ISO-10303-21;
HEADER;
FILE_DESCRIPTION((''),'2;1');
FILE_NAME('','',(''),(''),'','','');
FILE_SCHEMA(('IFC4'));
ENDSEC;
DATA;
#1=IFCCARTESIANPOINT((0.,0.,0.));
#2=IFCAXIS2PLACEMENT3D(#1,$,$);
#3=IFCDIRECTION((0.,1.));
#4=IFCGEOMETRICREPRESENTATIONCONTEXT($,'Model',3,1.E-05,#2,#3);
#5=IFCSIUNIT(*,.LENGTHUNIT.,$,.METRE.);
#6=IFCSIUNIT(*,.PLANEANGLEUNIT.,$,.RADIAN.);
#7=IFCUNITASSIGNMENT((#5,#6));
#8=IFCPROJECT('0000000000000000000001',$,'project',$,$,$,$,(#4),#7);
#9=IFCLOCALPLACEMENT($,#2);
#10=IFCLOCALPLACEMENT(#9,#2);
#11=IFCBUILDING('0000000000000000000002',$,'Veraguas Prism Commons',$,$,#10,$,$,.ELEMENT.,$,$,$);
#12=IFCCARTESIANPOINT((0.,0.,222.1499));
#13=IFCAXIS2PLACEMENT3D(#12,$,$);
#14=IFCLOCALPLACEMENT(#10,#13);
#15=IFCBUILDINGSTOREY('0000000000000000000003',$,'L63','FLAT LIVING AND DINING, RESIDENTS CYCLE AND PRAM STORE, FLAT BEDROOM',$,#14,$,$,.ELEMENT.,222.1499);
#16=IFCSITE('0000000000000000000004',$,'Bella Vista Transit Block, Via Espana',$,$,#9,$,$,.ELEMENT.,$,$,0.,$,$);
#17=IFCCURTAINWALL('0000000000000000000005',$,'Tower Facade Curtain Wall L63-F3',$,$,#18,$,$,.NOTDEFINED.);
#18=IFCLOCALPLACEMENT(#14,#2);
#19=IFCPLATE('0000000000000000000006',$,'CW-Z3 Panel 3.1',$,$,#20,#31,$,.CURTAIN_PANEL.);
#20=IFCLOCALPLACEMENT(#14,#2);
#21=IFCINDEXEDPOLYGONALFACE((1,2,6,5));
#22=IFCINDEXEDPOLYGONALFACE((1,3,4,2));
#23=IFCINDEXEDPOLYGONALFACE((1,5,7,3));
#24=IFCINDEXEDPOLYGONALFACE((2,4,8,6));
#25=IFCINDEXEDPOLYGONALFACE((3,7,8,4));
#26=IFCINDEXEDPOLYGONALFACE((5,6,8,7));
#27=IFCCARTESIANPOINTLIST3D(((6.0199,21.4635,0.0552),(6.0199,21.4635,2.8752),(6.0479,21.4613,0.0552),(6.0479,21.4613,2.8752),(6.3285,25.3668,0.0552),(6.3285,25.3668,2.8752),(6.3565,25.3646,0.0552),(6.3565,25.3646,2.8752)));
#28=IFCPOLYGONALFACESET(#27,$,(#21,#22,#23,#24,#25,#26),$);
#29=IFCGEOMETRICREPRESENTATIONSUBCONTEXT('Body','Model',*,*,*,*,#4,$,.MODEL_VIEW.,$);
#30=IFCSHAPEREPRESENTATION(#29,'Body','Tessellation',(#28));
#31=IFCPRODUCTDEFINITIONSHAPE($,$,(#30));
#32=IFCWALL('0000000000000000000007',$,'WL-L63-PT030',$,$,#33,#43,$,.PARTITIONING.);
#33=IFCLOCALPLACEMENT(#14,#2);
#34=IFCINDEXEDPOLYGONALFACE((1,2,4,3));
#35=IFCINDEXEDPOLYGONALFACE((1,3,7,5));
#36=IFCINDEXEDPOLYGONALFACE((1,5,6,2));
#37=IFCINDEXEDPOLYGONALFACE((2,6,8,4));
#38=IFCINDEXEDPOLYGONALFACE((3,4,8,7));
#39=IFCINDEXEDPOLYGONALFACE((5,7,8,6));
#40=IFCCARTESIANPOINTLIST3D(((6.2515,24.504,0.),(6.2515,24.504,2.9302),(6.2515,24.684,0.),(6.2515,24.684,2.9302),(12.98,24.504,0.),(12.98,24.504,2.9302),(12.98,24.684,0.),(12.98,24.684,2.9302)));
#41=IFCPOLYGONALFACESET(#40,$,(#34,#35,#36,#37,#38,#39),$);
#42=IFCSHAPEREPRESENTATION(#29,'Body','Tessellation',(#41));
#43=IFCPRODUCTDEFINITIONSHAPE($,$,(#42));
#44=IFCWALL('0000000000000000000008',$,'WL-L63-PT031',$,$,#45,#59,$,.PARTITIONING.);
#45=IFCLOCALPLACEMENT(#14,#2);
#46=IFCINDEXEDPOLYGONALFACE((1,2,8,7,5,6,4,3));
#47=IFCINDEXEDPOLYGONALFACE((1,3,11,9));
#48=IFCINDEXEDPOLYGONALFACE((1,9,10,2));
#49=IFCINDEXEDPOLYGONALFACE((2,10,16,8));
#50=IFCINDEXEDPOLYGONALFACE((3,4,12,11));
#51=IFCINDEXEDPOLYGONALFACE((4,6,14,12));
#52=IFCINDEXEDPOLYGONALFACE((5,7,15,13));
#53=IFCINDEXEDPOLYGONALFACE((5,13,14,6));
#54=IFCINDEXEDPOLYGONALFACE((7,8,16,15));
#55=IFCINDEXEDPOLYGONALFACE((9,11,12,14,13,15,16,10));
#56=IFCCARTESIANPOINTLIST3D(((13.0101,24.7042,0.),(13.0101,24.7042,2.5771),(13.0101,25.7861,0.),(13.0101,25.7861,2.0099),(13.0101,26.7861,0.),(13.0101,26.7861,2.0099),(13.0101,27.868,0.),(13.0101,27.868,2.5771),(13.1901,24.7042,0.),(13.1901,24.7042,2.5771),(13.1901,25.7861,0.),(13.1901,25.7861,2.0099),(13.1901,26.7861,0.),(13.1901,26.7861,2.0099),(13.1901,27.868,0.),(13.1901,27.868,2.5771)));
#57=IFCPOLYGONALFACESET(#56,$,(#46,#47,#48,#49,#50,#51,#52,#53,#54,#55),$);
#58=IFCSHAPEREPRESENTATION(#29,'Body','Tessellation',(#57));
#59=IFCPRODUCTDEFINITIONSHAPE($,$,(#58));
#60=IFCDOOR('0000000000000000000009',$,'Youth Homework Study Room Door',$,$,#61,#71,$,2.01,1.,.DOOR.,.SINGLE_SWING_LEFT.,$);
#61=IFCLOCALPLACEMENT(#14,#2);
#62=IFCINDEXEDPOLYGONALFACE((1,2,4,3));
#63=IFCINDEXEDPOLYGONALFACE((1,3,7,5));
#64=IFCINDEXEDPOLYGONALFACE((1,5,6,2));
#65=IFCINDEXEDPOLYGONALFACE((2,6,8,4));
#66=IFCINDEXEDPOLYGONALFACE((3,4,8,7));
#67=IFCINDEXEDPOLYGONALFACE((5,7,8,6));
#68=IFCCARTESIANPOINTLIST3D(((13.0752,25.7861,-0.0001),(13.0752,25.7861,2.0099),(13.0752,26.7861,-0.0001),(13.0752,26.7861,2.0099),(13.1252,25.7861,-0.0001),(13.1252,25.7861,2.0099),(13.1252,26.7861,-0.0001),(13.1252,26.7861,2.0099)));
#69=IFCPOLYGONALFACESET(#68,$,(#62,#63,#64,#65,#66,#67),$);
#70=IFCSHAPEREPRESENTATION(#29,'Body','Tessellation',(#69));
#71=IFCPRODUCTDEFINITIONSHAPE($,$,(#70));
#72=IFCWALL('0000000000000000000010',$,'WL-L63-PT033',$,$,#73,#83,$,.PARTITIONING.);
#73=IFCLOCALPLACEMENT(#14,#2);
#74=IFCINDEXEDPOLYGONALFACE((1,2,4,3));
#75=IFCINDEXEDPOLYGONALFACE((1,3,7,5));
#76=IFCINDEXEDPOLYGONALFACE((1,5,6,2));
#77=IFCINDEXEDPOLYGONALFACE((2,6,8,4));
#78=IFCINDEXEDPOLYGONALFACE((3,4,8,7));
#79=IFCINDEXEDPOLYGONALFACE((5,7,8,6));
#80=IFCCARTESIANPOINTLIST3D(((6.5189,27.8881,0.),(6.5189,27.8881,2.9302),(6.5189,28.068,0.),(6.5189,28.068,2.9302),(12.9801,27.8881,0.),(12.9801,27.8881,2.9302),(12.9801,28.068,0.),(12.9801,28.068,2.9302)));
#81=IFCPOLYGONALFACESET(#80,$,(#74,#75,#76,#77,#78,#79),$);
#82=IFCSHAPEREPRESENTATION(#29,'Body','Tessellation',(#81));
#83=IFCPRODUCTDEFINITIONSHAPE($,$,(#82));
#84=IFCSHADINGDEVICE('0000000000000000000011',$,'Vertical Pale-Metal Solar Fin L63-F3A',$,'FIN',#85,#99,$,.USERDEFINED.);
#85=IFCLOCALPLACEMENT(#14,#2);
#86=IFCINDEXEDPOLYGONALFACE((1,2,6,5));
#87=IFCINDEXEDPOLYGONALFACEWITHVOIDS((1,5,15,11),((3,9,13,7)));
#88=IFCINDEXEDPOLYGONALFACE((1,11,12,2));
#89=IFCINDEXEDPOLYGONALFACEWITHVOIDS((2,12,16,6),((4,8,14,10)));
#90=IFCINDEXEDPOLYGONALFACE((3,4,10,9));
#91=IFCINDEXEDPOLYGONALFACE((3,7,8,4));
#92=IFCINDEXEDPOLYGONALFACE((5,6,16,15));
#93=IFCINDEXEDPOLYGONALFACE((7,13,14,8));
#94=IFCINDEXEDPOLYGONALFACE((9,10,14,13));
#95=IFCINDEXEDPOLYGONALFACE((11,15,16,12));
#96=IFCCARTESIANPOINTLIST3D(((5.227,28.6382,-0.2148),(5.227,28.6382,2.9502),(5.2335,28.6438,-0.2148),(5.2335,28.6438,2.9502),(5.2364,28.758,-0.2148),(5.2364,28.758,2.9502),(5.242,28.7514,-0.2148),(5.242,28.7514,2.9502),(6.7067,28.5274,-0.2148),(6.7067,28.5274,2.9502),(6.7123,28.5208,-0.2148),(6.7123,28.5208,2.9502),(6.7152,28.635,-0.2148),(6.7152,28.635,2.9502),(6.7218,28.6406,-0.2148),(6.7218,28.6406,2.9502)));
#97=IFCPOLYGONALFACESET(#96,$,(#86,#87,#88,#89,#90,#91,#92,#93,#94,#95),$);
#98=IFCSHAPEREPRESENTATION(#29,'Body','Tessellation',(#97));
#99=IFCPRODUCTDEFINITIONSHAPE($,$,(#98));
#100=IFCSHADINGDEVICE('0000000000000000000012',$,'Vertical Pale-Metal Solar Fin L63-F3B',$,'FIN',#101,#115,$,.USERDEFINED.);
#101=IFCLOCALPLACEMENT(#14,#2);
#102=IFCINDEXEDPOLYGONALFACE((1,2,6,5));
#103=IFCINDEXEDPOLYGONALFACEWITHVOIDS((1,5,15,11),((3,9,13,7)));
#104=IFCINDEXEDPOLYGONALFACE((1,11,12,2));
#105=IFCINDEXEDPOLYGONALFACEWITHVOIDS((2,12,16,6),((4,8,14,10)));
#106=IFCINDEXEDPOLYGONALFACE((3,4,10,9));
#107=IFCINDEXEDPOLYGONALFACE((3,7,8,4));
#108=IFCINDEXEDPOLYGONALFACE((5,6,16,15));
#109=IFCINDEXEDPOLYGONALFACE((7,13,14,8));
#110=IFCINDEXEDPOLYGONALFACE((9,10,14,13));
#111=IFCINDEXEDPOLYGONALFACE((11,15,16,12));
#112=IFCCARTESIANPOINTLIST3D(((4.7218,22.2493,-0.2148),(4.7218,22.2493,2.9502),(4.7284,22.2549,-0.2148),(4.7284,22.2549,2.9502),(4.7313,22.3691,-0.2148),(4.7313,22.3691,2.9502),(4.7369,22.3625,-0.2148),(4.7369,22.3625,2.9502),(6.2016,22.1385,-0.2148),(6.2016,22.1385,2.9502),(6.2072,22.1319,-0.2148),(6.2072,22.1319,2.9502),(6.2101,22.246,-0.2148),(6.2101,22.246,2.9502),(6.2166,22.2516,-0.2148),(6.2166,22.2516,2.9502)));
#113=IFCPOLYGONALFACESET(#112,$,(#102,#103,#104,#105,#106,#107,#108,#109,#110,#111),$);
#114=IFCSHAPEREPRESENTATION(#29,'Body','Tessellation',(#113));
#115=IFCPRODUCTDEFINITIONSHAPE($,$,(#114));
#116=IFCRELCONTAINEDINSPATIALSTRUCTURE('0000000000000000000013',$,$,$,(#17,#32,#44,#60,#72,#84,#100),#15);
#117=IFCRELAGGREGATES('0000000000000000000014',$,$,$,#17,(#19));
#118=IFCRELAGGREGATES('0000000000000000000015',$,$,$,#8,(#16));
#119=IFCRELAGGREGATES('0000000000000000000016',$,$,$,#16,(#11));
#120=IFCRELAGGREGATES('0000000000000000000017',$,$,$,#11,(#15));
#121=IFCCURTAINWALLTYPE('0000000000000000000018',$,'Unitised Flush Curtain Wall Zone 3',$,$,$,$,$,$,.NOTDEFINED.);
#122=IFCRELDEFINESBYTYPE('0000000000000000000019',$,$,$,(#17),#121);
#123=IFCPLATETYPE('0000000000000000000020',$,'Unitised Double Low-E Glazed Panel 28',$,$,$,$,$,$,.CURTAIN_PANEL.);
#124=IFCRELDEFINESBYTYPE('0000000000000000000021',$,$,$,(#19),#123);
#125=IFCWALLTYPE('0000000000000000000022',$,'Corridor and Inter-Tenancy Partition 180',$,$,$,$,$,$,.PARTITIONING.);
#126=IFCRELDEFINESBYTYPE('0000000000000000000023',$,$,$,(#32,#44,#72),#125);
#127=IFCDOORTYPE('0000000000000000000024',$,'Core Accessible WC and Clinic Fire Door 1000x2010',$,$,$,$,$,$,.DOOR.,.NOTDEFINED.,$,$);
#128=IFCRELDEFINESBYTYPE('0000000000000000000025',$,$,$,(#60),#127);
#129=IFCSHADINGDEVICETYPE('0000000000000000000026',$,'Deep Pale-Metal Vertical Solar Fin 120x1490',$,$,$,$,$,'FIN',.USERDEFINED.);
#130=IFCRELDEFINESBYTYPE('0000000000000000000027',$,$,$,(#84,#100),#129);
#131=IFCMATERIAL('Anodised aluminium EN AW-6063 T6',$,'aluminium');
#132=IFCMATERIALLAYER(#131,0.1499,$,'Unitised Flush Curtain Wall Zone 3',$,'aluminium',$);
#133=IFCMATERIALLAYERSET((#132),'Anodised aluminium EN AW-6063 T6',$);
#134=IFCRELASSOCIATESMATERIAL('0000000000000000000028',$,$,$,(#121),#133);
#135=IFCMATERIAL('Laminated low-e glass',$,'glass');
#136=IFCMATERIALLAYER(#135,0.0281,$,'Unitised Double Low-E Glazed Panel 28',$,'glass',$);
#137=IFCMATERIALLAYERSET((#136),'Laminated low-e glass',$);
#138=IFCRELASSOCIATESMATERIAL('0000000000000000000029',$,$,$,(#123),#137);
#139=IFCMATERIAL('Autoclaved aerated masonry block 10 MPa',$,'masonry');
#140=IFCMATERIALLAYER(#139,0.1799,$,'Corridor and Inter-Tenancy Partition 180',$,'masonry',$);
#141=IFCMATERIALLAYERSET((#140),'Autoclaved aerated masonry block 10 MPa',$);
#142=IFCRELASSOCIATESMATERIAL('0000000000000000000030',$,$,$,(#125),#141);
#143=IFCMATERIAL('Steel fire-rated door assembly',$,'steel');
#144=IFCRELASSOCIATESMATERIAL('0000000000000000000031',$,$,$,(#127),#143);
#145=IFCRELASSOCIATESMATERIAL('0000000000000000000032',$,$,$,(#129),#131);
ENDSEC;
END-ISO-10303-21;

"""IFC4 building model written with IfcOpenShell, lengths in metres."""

from ifc_helpers import new_model, si_unit, direction, frame, frame_2d, origin, origin_2d, place, context, subcontext, project, spatial, rectangle, hollow_rectangle, extrude, source, transform, mapped, material, layer, layer_set, material_profile, profile_set, type_object, element, fill, aggregate, save


model = new_model("IFC4")

# Units and contexts
model_context = context("Model", 3, precision=1e-05, world=origin(), true_north=direction((0.0, 1.0)))
body_context = subcontext(model_context, "Body", "Model", "MODEL_VIEW")
ifc_project = project(units=[si_unit("LENGTHUNIT", "METRE"), si_unit("PLANEANGLEUNIT", "RADIAN")], contexts=[model_context])

# Site, building, storey
site_placement = place(None, origin())
site = spatial("IfcSite", under=ifc_project, at=site_placement, Name="Bella Vista Transit Block, Via Espana", CompositionType="ELEMENT", RefElevation=0.0)
building_placement = place(site_placement, origin())
building = spatial("IfcBuilding", under=site, at=building_placement, Name="Veraguas Prism Commons", CompositionType="ELEMENT")
storey_placement = place(building_placement, frame((0.0, 0.0, 222.1499)))
storey = spatial("IfcBuildingStorey", under=building, at=storey_placement, Name="L63", Description="FLAT LIVING AND DINING, RESIDENTS CYCLE AND PRAM STORE, FLAT BEDROOM", CompositionType="ELEMENT", Elevation=222.1499)

# Curtain wall, plate
ifc_material_1 = material(Name="Anodised aluminium EN AW-6063 T6", Category="aluminium")
ifc_layer_1 = layer(ifc_material_1, 0.1499, Name="Unitised Flush Curtain Wall Zone 3", Category="aluminium")
ifc_layer_set_1 = layer_set([ifc_layer_1], Name="Anodised aluminium EN AW-6063 T6")
curtain_wall_type = type_object("IfcCurtainWallType", Name="Unitised Flush Curtain Wall Zone 3", PredefinedType="NOTDEFINED", material=ifc_layer_set_1)
curtain_wall_placement = place(storey_placement, origin())
curtain_wall = element("IfcCurtainWall", 1, at=curtain_wall_placement, inside=storey, type_object=curtain_wall_type, Name="Tower Facade Curtain Wall L63-F3", PredefinedType="NOTDEFINED")
ifc_material_2 = material(Name="Laminated low-e glass", Category="glass")
ifc_layer_2 = layer(ifc_material_2, 0.0281, Name="Unitised Double Low-E Glazed Panel 28", Category="glass")
ifc_layer_set_2 = layer_set([ifc_layer_2], Name="Laminated low-e glass")
plate_type = type_object("IfcPlateType", Name="Unitised Double Low-E Glazed Panel 28", PredefinedType="CURTAIN_PANEL", material=ifc_layer_set_2)
shared_shape_1 = source(origin(), body_context, "Body", "SweptSolid", [
    extrude(rectangle(XDim=3.9155, YDim=0.0281, at=origin_2d()), origin(), (0.0, 0.0, 1.0), 2.8201),
])
plate_1_placement = place(storey_placement, frame((6.1882, 23.4141, 0.0552), z_axis=(0.0, 0.0, 1.0), x_axis=(-0.078812, -0.996889, 0.0)))
plate_1 = element("IfcPlate", 2, at=plate_1_placement, type_object=plate_type, Name="CW-Z3 Panel 3.1", PredefinedType="CURTAIN_PANEL", context=body_context, shape_type="MappedRepresentation", body=[
    mapped(shared_shape_1, transform((0.0, 0.0, 0.0), scale=1.0)),
])
aggregate(curtain_wall, [plate_1])

# Wall
ifc_material_3 = material(Name="Autoclaved aerated masonry block 10 MPa", Category="masonry")
ifc_layer_3 = layer(ifc_material_3, 0.1799, Name="Corridor and Inter-Tenancy Partition 180", Category="masonry")
ifc_layer_set_3 = layer_set([ifc_layer_3], Name="Autoclaved aerated masonry block 10 MPa")
wall_type = type_object("IfcWallType", Name="Corridor and Inter-Tenancy Partition 180", PredefinedType="PARTITIONING", material=ifc_layer_set_3)
wall_1_placement = place(storey_placement, frame((12.98, 24.594, 0.0), z_axis=(0.0, 0.0, 1.0), x_axis=(-1.0, 0.0, 0.0)))
element("IfcWall", 3, at=wall_1_placement, inside=storey, type_object=wall_type, Name="WL-L63-PT030", PredefinedType="PARTITIONING", context=body_context, shape_type="SweptSolid", body=[
    extrude(rectangle(XDim=6.7285, YDim=0.1799, at=frame_2d((3.3643, 0.0))), origin(), (0.0, 0.0, 1.0), 2.9302),
])

# Wall, opening, door
wall_2_placement = place(storey_placement, frame((13.1001, 24.7041, 0.0), z_axis=(0.0, 0.0, 1.0), x_axis=(0.0, 1.0, 0.0)))
wall_2 = element("IfcWall", 4, at=wall_2_placement, inside=storey, type_object=wall_type, Name="WL-L63-PT031", PredefinedType="PARTITIONING", context=body_context, shape_type="SweptSolid", body=[
    extrude(rectangle(XDim=3.1638, YDim=0.1799, at=frame_2d((1.582, 0.0))), origin(), (0.0, 0.0, 1.0), 2.5771),
])
opening_placement = place(wall_2_placement, frame((1.082, 0.0, 0.0)))
opening = element("IfcOpeningElement", 5, at=opening_placement, cuts=wall_2, PredefinedType="OPENING", context=body_context, shape_type="SweptSolid", body=[
    extrude(rectangle(XDim=1.0, YDim=2.01, at=frame_2d((0.5, 1.0049))), frame((0.0, 0.0999, 0.0), z_axis=(0.0, -1.0, 0.0), x_axis=(1.0, 0.0, 0.0)), (0.0, 0.0, 1.0), 0.2),
])
ifc_material_4 = material(Name="Steel fire-rated door assembly", Category="steel")
door_type = type_object("IfcDoorType", Name="Core Accessible WC and Clinic Fire Door 1000x2010", OperationType="NOTDEFINED", PredefinedType="DOOR", material=ifc_material_4)
shared_shape_2 = source(origin(), body_context, "Body", "SweptSolid", [
    extrude(rectangle(XDim=1.0, YDim=2.01, at=frame_2d((0.5, 1.0049))), frame((0.0, 0.0249, 0.0), z_axis=(0.0, -1.0, 0.0), x_axis=(1.0, 0.0, 0.0)), (0.0, 0.0, 1.0), 0.05),
])
door_placement = place(opening_placement, origin())
door = element("IfcDoor", 6, at=door_placement, inside=storey, type_object=door_type, Name="Youth Homework Study Room Door", OperationType="SINGLE_SWING_LEFT", OverallHeight=2.01, OverallWidth=1.0, PredefinedType="DOOR", context=body_context, shape_type="MappedRepresentation", body=[
    mapped(shared_shape_2, transform((0.0, 0.0, 0.0), scale=1.0)),
])
fill(opening, door)

# Wall
wall_3_placement = place(storey_placement, frame((12.98, 27.978, 0.0), z_axis=(0.0, 0.0, 1.0), x_axis=(-1.0, 0.0, 0.0)))
element("IfcWall", 7, at=wall_3_placement, inside=storey, type_object=wall_type, Name="WL-L63-PT033", PredefinedType="PARTITIONING", context=body_context, shape_type="SweptSolid", body=[
    extrude(rectangle(XDim=6.4612, YDim=0.1799, at=frame_2d((3.2305, 0.0))), origin(), (0.0, 0.0, 1.0), 2.9302),
])

# Shading devices
ifc_material_profile_1 = material_profile(ifc_material_1, hollow_rectangle(XDim=0.1201, YDim=1.49, WallThickness=0.0061, at=origin_2d()), Name="FIN120X1490X6")
ifc_profile_set_1 = profile_set([ifc_material_profile_1], Name="Anodised aluminium EN AW-6063 T6")
shading_device_type = type_object("IfcShadingDeviceType", Name="Deep Pale-Metal Vertical Solar Fin 120x1490", ElementType="FIN", PredefinedType="USERDEFINED", material=ifc_profile_set_1)
for number, where, z_axis, x_axis, name in (
    (8, (5.9744, 28.6394, -0.2148), (0.0, 0.0, 1.0), (-0.078809, -0.99689, 0.0), "Vertical Pale-Metal Solar Fin L63-F3A"),
    (9, (5.4692, 22.2505, -0.2148), (0.0, 0.0, 1.0), (-0.078809, -0.99689, 0.0), "Vertical Pale-Metal Solar Fin L63-F3B"),
):
    element("IfcShadingDevice", number, at=place(storey_placement, frame(where, z_axis=z_axis, x_axis=x_axis)), inside=storey, type_object=shading_device_type, Name=name, ObjectType="FIN", PredefinedType="USERDEFINED", context=body_context, shape_type="SweptSolid", body=[
        extrude(hollow_rectangle(XDim=0.1201, YDim=1.49, WallThickness=0.0061, at=origin_2d()), origin(), (0.0, 0.0, 1.0), 3.165),
    ])

save(model, "model.ifc")
